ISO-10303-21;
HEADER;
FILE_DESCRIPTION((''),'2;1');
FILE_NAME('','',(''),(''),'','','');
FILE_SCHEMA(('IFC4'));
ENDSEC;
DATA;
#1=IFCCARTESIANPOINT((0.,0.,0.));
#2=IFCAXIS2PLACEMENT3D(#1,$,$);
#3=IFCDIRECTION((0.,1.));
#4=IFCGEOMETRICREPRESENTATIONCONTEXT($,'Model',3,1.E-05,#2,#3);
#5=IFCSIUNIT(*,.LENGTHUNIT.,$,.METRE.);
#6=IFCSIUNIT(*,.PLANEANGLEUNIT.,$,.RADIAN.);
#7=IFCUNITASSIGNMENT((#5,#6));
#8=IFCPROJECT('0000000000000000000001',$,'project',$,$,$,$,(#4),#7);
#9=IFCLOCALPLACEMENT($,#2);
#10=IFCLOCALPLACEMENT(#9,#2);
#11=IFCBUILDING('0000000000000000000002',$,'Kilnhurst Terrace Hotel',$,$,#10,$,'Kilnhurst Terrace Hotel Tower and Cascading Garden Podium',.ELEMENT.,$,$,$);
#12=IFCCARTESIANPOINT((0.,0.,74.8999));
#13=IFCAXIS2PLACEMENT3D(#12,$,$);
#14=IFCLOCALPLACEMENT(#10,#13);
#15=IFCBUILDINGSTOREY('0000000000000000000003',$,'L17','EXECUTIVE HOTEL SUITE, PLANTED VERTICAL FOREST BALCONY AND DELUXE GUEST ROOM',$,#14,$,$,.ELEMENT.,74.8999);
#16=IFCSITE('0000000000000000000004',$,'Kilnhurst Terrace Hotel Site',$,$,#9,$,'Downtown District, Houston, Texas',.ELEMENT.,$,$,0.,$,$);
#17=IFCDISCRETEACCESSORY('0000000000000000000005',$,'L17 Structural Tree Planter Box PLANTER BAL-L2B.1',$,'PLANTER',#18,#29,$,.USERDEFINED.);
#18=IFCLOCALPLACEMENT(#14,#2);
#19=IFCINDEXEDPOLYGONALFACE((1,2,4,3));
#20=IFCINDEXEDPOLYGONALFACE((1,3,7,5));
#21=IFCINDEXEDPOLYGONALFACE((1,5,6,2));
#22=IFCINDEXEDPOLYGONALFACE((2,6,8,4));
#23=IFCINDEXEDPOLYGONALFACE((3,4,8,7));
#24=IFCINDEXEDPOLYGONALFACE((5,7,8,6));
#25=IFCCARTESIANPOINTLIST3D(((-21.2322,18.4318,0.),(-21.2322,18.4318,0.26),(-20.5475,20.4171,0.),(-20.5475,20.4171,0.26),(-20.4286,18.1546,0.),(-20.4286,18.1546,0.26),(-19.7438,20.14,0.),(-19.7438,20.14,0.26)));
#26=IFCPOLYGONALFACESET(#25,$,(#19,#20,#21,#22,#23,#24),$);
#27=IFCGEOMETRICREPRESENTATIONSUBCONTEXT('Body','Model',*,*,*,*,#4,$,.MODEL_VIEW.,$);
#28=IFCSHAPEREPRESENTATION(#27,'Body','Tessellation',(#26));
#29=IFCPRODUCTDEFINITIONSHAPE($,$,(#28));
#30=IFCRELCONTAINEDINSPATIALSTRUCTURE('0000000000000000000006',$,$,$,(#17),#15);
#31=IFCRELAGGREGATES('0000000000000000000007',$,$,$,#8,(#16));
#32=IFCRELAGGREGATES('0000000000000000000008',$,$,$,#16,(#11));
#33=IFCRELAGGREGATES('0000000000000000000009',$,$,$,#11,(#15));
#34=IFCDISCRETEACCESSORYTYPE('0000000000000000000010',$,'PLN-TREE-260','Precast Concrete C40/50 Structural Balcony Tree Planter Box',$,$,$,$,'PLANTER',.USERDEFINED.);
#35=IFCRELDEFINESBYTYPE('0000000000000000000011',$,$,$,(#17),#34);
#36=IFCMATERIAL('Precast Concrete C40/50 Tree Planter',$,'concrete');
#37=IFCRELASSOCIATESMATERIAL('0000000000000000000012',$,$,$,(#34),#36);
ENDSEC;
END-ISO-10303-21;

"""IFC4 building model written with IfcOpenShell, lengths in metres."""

from ifc_helpers import new_model, si_unit, direction, frame, origin, origin_2d, place, context, subcontext, project, spatial, rectangle, extrude, material, type_object, element, save


model = new_model("IFC4")

# Units and contexts
model_context = context("Model", 3, precision=1e-05, world=origin(), true_north=direction((0.0, 1.0)))
body_context = subcontext(model_context, "Body", "Model", "MODEL_VIEW")
ifc_project = project(units=[si_unit("LENGTHUNIT", "METRE"), si_unit("PLANEANGLEUNIT", "RADIAN")], contexts=[model_context])

# Site, building, storey
site_placement = place(None, origin())
site = spatial("IfcSite", under=ifc_project, at=site_placement, Name="Kilnhurst Terrace Hotel Site", LongName="Downtown District, Houston, Texas", CompositionType="ELEMENT", RefElevation=0.0)
building_placement = place(site_placement, origin())
building = spatial("IfcBuilding", under=site, at=building_placement, Name="Kilnhurst Terrace Hotel", LongName="Kilnhurst Terrace Hotel Tower and Cascading Garden Podium", CompositionType="ELEMENT")
storey_placement = place(building_placement, frame((0.0, 0.0, 74.8999)))
storey = spatial("IfcBuildingStorey", under=building, at=storey_placement, Name="L17", Description="EXECUTIVE HOTEL SUITE, PLANTED VERTICAL FOREST BALCONY AND DELUXE GUEST ROOM", CompositionType="ELEMENT", Elevation=74.8999)

# Discrete accessory
ifc_material_1 = material(Name="Precast Concrete C40/50 Tree Planter", Category="concrete")
discrete_accessory_type_1 = type_object("IfcDiscreteAccessoryType", Name="PLN-TREE-260", Description="Precast Concrete C40/50 Structural Balcony Tree Planter Box", ElementType="PLANTER", PredefinedType="USERDEFINED", material=ifc_material_1)
discrete_accessory_1_placement = place(storey_placement, frame((-20.488, 19.2859, 0.0), z_axis=(0.0, 0.0, 1.0), x_axis=(-0.326063, -0.945348, 0.0)))
element("IfcDiscreteAccessory", 1, at=discrete_accessory_1_placement, inside=storey, type_object=discrete_accessory_type_1, Name="L17 Structural Tree Planter Box PLANTER BAL-L2B.1", ObjectType="PLANTER", PredefinedType="USERDEFINED", context=body_context, shape_type="SweptSolid", body=[
    extrude(rectangle(XDim=2.1001, YDim=0.8501, at=origin_2d()), origin(), (0.0, 0.0, 1.0), 0.26),
])

save(model, "model.ifc")
